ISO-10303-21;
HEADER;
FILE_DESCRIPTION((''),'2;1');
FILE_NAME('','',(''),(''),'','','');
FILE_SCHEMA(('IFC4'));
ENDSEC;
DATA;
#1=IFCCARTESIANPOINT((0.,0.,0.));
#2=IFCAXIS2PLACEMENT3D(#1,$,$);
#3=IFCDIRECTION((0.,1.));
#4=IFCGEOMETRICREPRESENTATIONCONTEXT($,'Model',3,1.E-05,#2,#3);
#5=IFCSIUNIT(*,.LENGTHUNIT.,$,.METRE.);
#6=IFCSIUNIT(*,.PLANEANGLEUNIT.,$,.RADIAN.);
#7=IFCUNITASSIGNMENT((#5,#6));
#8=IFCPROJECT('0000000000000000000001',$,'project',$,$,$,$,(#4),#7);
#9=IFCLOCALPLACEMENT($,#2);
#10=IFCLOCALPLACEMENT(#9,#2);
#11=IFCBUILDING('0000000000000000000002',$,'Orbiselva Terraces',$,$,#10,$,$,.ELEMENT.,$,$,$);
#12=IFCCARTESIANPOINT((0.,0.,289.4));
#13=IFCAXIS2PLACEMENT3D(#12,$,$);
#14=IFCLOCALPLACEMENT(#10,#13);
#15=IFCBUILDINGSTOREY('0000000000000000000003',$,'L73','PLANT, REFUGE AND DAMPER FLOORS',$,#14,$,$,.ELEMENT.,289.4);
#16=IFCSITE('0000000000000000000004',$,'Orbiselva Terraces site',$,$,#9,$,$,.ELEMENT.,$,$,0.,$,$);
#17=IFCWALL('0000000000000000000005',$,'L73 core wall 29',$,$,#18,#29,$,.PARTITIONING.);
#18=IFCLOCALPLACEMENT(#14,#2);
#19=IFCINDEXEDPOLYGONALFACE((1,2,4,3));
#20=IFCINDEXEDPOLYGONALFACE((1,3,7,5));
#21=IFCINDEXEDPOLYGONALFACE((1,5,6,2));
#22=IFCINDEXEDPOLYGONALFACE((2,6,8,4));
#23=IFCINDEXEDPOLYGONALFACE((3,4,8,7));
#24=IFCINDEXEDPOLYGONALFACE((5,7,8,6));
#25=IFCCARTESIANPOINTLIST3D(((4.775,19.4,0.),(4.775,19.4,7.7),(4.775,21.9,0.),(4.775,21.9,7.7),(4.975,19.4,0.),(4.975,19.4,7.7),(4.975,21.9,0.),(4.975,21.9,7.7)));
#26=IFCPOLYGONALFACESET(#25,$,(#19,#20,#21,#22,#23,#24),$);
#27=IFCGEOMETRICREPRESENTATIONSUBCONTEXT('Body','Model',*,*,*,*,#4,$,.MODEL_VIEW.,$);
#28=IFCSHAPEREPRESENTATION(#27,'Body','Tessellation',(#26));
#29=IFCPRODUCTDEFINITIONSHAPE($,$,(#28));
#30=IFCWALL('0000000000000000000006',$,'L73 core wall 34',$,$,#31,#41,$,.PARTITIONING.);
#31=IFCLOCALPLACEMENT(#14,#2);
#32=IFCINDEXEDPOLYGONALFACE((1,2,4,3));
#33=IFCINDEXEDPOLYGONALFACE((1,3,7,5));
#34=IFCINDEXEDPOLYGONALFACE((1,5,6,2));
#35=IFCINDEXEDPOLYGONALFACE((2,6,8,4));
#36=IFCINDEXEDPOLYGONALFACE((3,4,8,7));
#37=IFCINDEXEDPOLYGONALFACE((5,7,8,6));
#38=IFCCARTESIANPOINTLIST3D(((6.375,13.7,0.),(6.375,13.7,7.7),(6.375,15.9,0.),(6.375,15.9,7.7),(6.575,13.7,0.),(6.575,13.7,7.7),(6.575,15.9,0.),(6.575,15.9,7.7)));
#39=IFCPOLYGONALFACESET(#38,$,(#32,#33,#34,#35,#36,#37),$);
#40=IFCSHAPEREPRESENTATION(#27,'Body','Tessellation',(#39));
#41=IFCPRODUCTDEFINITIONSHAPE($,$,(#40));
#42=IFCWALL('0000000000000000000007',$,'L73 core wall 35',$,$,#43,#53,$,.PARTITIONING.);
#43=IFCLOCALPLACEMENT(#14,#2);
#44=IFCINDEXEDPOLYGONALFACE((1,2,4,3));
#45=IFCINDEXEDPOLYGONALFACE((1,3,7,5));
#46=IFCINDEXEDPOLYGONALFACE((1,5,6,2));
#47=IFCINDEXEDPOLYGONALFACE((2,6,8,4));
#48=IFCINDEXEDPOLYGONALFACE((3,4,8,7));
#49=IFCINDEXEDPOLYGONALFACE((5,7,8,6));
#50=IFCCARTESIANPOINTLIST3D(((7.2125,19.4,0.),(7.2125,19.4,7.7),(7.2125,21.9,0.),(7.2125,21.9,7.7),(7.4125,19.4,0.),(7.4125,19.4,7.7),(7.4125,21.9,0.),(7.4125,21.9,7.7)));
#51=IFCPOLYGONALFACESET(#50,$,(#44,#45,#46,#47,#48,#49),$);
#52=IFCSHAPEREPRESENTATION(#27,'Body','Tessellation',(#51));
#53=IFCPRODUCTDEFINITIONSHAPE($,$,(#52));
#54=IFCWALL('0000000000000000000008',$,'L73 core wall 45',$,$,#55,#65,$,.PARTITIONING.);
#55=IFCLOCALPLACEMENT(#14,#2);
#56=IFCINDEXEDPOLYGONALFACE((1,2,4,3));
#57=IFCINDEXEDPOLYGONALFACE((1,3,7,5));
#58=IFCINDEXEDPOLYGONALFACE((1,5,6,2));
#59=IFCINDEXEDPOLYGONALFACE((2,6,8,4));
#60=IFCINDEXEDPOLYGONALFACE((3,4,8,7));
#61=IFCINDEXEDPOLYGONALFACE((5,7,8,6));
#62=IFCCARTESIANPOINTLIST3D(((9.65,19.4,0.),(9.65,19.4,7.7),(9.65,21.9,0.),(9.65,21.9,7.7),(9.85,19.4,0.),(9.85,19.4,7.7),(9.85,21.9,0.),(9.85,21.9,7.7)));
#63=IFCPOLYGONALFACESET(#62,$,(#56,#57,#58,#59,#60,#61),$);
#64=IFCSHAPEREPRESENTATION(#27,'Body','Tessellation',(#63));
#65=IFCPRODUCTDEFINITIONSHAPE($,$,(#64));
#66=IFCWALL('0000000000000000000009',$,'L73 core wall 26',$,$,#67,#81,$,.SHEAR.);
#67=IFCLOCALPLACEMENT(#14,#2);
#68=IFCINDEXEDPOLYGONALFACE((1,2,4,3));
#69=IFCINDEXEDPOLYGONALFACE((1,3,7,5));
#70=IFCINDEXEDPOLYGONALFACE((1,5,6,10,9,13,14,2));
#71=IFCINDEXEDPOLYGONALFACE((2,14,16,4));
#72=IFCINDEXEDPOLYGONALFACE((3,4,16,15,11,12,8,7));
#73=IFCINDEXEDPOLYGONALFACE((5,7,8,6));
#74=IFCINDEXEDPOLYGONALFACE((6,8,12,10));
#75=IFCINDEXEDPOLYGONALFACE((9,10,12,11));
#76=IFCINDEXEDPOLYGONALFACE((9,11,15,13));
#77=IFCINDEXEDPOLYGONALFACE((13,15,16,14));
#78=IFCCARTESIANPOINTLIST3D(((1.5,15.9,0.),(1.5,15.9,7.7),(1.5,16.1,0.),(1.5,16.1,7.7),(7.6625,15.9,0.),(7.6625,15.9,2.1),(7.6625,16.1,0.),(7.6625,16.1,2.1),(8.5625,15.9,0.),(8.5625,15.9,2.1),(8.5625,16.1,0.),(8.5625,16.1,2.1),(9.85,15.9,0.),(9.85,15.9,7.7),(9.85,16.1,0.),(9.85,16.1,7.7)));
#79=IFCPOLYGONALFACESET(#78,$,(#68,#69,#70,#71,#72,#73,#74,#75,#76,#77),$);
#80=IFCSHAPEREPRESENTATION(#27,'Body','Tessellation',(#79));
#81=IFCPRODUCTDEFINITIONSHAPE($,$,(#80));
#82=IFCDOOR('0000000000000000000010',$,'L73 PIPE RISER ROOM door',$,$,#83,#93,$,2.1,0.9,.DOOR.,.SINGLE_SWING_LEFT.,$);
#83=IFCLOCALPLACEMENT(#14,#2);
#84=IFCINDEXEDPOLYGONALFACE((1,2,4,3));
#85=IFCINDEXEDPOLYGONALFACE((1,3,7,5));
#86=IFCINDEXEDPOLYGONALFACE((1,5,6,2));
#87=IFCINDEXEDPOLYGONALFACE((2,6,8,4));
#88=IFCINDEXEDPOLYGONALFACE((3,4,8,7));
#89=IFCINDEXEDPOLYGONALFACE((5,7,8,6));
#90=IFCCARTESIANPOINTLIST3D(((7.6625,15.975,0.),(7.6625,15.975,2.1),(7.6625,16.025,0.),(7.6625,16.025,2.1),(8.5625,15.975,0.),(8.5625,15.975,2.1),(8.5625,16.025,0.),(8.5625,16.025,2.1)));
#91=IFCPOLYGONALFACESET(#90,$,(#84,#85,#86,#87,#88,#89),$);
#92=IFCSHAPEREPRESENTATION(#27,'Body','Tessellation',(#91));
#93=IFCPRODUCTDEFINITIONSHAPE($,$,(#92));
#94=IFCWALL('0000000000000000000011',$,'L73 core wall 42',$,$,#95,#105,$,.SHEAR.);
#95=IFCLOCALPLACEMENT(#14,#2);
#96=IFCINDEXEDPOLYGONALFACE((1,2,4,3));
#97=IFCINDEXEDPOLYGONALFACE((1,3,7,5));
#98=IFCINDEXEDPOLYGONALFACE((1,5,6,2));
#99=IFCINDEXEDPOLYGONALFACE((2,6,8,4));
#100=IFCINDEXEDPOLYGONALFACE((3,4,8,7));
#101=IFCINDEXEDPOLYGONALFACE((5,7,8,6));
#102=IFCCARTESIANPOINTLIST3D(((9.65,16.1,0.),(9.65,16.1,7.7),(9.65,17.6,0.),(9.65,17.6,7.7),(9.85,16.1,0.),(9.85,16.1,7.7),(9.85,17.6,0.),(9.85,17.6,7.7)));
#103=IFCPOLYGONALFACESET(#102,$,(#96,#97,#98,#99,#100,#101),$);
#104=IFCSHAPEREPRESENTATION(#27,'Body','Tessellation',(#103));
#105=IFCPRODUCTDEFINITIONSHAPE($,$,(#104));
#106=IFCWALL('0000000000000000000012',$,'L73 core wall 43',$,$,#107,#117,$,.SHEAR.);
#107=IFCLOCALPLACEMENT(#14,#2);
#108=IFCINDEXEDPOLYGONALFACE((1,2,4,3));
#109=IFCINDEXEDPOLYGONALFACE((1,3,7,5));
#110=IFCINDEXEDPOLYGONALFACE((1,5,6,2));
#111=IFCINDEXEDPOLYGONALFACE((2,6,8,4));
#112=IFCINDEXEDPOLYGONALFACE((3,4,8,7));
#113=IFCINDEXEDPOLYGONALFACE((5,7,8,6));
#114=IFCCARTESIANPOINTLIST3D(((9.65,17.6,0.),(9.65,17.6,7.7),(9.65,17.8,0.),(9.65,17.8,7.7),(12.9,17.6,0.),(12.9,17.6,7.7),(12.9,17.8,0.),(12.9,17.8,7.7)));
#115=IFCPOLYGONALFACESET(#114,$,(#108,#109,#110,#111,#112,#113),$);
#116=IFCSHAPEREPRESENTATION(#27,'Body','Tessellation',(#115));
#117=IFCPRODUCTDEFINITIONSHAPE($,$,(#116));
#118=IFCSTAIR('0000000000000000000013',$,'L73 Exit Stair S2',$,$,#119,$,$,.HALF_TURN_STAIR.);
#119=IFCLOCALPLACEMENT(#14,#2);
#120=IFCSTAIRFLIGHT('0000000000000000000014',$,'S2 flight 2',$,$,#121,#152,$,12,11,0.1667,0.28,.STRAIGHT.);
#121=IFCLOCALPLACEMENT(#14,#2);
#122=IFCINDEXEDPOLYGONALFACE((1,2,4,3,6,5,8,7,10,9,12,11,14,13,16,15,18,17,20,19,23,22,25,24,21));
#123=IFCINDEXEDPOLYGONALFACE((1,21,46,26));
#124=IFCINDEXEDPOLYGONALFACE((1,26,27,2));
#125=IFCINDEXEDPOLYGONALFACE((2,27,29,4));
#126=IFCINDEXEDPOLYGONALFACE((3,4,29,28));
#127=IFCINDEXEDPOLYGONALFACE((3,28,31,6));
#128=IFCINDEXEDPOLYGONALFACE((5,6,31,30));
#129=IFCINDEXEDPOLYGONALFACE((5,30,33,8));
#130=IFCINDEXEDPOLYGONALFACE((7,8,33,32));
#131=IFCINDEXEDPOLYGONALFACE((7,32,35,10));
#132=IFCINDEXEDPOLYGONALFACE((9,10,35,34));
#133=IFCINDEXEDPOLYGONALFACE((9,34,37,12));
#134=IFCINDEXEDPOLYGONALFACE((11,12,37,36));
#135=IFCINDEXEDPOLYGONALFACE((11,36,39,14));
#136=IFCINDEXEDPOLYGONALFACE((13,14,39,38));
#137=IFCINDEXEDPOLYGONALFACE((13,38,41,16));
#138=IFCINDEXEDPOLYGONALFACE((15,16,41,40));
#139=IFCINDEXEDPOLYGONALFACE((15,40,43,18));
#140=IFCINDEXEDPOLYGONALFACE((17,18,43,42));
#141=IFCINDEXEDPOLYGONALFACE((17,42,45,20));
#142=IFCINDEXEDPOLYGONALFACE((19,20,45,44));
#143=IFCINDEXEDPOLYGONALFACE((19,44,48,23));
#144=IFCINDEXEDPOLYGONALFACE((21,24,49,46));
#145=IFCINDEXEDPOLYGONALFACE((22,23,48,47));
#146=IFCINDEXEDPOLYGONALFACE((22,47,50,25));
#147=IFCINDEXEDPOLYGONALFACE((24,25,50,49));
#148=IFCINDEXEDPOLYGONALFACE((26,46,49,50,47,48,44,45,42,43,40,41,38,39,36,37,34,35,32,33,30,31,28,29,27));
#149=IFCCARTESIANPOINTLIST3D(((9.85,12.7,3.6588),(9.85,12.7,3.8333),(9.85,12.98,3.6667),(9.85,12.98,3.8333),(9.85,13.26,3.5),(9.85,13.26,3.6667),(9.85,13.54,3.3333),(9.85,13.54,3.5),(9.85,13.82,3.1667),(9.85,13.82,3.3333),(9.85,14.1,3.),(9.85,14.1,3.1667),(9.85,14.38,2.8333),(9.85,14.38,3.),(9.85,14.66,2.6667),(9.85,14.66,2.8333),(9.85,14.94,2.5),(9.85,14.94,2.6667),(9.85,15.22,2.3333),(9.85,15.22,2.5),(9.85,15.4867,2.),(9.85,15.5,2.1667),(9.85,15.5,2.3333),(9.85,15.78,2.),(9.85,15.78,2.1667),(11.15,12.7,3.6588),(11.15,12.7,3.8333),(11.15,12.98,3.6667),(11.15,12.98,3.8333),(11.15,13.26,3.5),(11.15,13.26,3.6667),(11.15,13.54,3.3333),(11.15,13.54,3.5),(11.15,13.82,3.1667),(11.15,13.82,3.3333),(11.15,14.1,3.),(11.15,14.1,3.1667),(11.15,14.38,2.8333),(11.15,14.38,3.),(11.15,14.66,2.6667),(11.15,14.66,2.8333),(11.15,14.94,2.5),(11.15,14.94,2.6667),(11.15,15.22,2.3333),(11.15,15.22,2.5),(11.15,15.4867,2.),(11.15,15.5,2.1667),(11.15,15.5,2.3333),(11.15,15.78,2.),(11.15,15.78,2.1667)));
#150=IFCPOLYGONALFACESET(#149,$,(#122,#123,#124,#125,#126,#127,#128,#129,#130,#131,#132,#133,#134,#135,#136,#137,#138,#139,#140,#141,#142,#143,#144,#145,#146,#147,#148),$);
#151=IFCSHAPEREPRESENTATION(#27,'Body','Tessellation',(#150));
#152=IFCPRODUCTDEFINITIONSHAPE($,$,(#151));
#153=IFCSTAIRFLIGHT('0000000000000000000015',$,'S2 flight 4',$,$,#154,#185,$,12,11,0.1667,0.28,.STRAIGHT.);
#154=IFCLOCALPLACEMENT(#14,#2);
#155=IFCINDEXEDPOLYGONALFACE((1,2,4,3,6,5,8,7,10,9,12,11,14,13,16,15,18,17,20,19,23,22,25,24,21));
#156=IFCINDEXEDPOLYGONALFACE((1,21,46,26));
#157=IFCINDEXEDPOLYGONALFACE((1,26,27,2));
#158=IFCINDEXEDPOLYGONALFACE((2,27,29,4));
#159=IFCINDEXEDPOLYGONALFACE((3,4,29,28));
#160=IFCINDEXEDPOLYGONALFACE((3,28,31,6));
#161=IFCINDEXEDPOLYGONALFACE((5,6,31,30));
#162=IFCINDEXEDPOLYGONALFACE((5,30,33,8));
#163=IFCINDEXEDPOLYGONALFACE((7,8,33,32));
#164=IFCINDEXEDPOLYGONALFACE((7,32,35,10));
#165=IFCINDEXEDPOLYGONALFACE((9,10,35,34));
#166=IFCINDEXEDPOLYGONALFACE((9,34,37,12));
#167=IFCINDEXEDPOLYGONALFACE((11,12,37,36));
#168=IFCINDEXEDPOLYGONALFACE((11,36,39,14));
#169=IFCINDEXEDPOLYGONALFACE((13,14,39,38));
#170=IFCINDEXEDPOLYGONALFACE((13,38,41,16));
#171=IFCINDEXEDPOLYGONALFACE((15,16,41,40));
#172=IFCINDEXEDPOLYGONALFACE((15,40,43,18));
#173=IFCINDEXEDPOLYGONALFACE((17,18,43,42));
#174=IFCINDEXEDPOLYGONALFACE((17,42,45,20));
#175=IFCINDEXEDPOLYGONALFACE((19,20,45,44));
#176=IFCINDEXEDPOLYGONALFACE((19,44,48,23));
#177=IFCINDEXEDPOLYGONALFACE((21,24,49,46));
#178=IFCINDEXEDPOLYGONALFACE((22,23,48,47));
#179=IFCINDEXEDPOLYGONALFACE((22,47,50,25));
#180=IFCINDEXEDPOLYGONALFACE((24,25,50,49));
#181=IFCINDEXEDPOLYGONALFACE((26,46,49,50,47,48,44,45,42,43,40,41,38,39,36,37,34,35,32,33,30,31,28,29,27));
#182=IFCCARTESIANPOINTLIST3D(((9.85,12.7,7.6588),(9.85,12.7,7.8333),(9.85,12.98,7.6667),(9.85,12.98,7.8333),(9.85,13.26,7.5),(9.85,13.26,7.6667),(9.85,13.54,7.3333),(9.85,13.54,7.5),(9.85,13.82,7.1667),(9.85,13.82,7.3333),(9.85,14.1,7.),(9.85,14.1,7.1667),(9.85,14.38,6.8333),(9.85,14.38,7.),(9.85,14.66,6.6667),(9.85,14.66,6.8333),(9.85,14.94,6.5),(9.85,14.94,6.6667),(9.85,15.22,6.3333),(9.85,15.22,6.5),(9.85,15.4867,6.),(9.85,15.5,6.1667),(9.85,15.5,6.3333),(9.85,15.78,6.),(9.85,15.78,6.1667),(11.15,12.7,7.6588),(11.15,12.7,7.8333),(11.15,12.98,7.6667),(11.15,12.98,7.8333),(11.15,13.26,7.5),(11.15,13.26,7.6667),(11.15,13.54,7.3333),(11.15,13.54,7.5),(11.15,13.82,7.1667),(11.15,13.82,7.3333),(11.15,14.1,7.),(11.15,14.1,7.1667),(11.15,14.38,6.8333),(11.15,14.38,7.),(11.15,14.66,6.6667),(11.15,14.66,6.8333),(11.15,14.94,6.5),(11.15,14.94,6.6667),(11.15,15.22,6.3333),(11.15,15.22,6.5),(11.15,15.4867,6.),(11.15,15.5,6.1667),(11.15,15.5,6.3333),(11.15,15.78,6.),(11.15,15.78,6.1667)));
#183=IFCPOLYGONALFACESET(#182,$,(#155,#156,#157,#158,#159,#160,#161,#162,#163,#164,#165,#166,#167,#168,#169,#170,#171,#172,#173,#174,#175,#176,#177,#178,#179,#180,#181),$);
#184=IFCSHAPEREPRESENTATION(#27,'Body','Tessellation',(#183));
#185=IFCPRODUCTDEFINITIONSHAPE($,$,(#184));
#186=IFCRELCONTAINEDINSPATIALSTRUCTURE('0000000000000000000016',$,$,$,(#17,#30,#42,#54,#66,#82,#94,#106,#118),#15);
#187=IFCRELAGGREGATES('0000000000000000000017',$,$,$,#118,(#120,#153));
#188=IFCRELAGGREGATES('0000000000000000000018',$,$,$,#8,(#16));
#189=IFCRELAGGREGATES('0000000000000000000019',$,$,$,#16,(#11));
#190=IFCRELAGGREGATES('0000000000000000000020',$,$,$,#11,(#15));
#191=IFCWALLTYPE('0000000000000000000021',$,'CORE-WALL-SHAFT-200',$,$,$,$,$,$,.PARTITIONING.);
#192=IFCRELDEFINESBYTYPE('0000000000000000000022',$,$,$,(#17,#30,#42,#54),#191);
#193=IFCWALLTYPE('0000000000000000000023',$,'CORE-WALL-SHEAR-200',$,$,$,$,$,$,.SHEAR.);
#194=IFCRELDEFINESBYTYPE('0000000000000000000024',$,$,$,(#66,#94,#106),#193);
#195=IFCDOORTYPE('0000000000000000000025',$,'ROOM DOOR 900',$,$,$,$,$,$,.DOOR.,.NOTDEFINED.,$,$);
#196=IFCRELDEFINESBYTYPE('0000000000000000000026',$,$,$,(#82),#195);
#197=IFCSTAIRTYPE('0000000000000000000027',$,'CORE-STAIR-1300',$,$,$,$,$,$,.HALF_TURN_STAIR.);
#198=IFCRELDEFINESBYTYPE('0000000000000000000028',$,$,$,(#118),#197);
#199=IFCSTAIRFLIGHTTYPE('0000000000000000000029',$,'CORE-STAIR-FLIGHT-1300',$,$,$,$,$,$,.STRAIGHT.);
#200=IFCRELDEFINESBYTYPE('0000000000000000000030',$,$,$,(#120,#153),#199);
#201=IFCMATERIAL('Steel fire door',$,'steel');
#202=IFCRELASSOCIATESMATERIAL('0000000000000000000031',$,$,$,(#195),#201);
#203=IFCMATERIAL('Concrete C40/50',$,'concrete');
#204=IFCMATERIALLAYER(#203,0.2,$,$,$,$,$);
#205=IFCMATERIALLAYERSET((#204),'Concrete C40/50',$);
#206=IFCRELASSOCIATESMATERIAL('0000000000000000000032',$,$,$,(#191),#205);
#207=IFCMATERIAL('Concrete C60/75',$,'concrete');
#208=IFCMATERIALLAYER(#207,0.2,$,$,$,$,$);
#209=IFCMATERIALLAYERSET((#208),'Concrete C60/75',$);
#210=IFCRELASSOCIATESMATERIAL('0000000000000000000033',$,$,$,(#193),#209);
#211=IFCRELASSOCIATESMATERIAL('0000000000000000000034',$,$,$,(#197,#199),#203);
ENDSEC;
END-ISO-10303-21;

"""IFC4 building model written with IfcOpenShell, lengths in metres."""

from ifc_helpers import new_model, si_unit, direction, frame, frame_2d, origin, place, context, subcontext, project, spatial, polyline, rectangle, outline, extrude, material, layer, layer_set, type_object, element, fill, aggregate, save


model = new_model("IFC4")

# Units and contexts
model_context = context("Model", 3, precision=1e-05, world=origin(), true_north=direction((0.0, 1.0)))
body_context = subcontext(model_context, "Body", "Model", "MODEL_VIEW")
ifc_project = project(units=[si_unit("LENGTHUNIT", "METRE"), si_unit("PLANEANGLEUNIT", "RADIAN")], contexts=[model_context])

# Site, building, storey
site_placement = place(None, origin())
site = spatial("IfcSite", under=ifc_project, at=site_placement, Name="Orbiselva Terraces site", CompositionType="ELEMENT", RefElevation=0.0)
building_placement = place(site_placement, origin())
building = spatial("IfcBuilding", under=site, at=building_placement, Name="Orbiselva Terraces", CompositionType="ELEMENT")
storey_placement = place(building_placement, frame((0.0, 0.0, 289.4)))
storey = spatial("IfcBuildingStorey", under=building, at=storey_placement, Name="L73", Description="PLANT, REFUGE AND DAMPER FLOORS", CompositionType="ELEMENT", Elevation=289.4)

# Shared definitions
ifc_material_1 = material(Name="Steel fire door", Category="steel")
door_type = type_object("IfcDoorType", Name="ROOM DOOR 900", OperationType="NOTDEFINED", PredefinedType="DOOR", material=ifc_material_1)

# Walls
ifc_material_2 = material(Name="Concrete C40/50", Category="concrete")
ifc_layer_1 = layer(ifc_material_2, 0.2)
ifc_layer_set_1 = layer_set([ifc_layer_1], Name="Concrete C40/50")
wall_type_1 = type_object("IfcWallType", Name="CORE-WALL-SHAFT-200", PredefinedType="PARTITIONING", material=ifc_layer_set_1)
wall_1_placement = place(storey_placement, frame((4.875, 19.4, 0.0), z_axis=(0.0, 0.0, 1.0), x_axis=(0.0, 1.0, 0.0)))
element("IfcWall", 1, at=wall_1_placement, inside=storey, type_object=wall_type_1, Name="L73 core wall 29", PredefinedType="PARTITIONING", context=body_context, shape_type="SweptSolid", body=[
    extrude(rectangle(XDim=2.5, YDim=0.2, at=frame_2d((1.25, 0.0))), origin(), (0.0, 0.0, 1.0), 7.7),
])
wall_2_placement = place(storey_placement, frame((6.475, 13.7, 0.0), z_axis=(0.0, 0.0, 1.0), x_axis=(0.0, 1.0, 0.0)))
element("IfcWall", 2, at=wall_2_placement, inside=storey, type_object=wall_type_1, Name="L73 core wall 34", PredefinedType="PARTITIONING", context=body_context, shape_type="SweptSolid", body=[
    extrude(rectangle(XDim=2.2, YDim=0.2, at=frame_2d((1.1, 0.0))), origin(), (0.0, 0.0, 1.0), 7.7),
])
for number, where, z_axis, x_axis, name in (
    (3, (7.3125, 19.4, 0.0), (0.0, 0.0, 1.0), (0.0, 1.0, 0.0), "L73 core wall 35"),
    (4, (9.75, 19.4, 0.0), (0.0, 0.0, 1.0), (0.0, 1.0, 0.0), "L73 core wall 45"),
):
    element("IfcWall", number, at=place(storey_placement, frame(where, z_axis=z_axis, x_axis=x_axis)), inside=storey, type_object=wall_type_1, Name=name, PredefinedType="PARTITIONING", context=body_context, shape_type="SweptSolid", body=[
        extrude(rectangle(XDim=2.5, YDim=0.2, at=frame_2d((1.25, 0.0))), origin(), (0.0, 0.0, 1.0), 7.7),
    ])

# Wall, opening, door
ifc_material_3 = material(Name="Concrete C60/75", Category="concrete")
ifc_layer_2 = layer(ifc_material_3, 0.2)
ifc_layer_set_2 = layer_set([ifc_layer_2], Name="Concrete C60/75")
wall_type_2 = type_object("IfcWallType", Name="CORE-WALL-SHEAR-200", PredefinedType="SHEAR", material=ifc_layer_set_2)
wall_3_placement = place(storey_placement, frame((9.85, 16.0, 0.0), z_axis=(0.0, 0.0, 1.0), x_axis=(-1.0, 0.0, 0.0)))
wall_3 = element("IfcWall", 5, at=wall_3_placement, inside=storey, type_object=wall_type_2, Name="L73 core wall 26", PredefinedType="SHEAR", context=body_context, shape_type="SweptSolid", body=[
    extrude(rectangle(XDim=8.35, YDim=0.2, at=frame_2d((4.175, 0.0))), origin(), (0.0, 0.0, 1.0), 7.7),
])
opening_1_placement = place(wall_3_placement, frame((1.2875, 0.0, 0.0)))
opening_1 = element("IfcOpeningElement", 6, at=opening_1_placement, cuts=wall_3, PredefinedType="OPENING", context=body_context, shape_type="SweptSolid", body=[
    extrude(rectangle(XDim=0.9, YDim=2.1, at=frame_2d((0.45, 1.05))), frame((0.0, 0.11, 0.0), z_axis=(0.0, -1.0, 0.0), x_axis=(1.0, 0.0, 0.0)), (0.0, 0.0, 1.0), 0.22),
])
door_1_placement = place(opening_1_placement, origin())
door_1 = element("IfcDoor", 7, at=door_1_placement, inside=storey, type_object=door_type, Name="L73 PIPE RISER ROOM door", OperationType="SINGLE_SWING_LEFT", OverallHeight=2.1, OverallWidth=0.9, PredefinedType="DOOR", context=body_context, shape_type="SweptSolid", body=[
    extrude(rectangle(XDim=0.9, YDim=2.1, at=frame_2d((0.45, 1.05))), frame((0.0, 0.025, 0.0), z_axis=(0.0, -1.0, 0.0), x_axis=(1.0, 0.0, 0.0)), (0.0, 0.0, 1.0), 0.05),
])
fill(opening_1, door_1)

# Walls
wall_4_placement = place(storey_placement, frame((9.75, 16.1, 0.0), z_axis=(0.0, 0.0, 1.0), x_axis=(0.0, 1.0, 0.0)))
element("IfcWall", 8, at=wall_4_placement, inside=storey, type_object=wall_type_2, Name="L73 core wall 42", PredefinedType="SHEAR", context=body_context, shape_type="SweptSolid", body=[
    extrude(rectangle(XDim=1.5, YDim=0.2, at=frame_2d((0.75, 0.0))), origin(), (0.0, 0.0, 1.0), 7.7),
])
wall_5_placement = place(storey_placement, frame((9.65, 17.7, 0.0), z_axis=(0.0, 0.0, 1.0), x_axis=(1.0, 0.0, 0.0)))
element("IfcWall", 9, at=wall_5_placement, inside=storey, type_object=wall_type_2, Name="L73 core wall 43", PredefinedType="SHEAR", context=body_context, shape_type="SweptSolid", body=[
    extrude(rectangle(XDim=3.25, YDim=0.2, at=frame_2d((1.625, 0.0))), origin(), (0.0, 0.0, 1.0), 7.7),
])

# Stair, stair flights
stair_type = type_object("IfcStairType", Name="CORE-STAIR-1300", PredefinedType="HALF_TURN_STAIR", material=ifc_material_2)
stair_placement = place(storey_placement, origin())
stair = element("IfcStair", 10, at=stair_placement, inside=storey, type_object=stair_type, Name="L73 Exit Stair S2", PredefinedType="HALF_TURN_STAIR")
stair_flight_type = type_object("IfcStairFlightType", Name="CORE-STAIR-FLIGHT-1300", PredefinedType="STRAIGHT", material=ifc_material_2)
stair_flight_1_placement = place(storey_placement, frame((10.5, 15.78, 2.0), z_axis=(0.0, 0.0, 1.0), x_axis=(0.0, -1.0, 0.0)))
stair_flight_1 = element("IfcStairFlight", 11, at=stair_flight_1_placement, type_object=stair_flight_type, Name="S2 flight 2", NumberOfRisers=12, NumberOfTreads=11, PredefinedType="STRAIGHT", RiserHeight=0.1667, TreadLength=0.28, context=body_context, shape_type="SweptSolid", body=[
    extrude(outline(polyline([(0.0, 0.0), (0.0, 0.1667), (0.28, 0.1667), (0.28, 0.3333), (0.56, 0.3333), (0.56, 0.5), (0.84, 0.5), (0.84, 0.6667), (1.12, 0.6667), (1.12, 0.8333), (1.4, 0.8333), (1.4, 1.0), (1.68, 1.0), (1.68, 1.1667), (1.96, 1.1667), (1.96, 1.3333), (2.24, 1.3333), (2.24, 1.5), (2.52, 1.5), (2.52, 1.6667), (2.8, 1.6667), (2.8, 1.8333), (3.08, 1.8333), (3.08, 2.0), (3.08, 1.6588), (0.2933, 0.0), (0.0, 0.0)])), frame((0.0, 0.65, 0.0), z_axis=(0.0, -1.0, 0.0), x_axis=(1.0, 0.0, 0.0)), (0.0, 0.0, 1.0), 1.3),
])
stair_flight_2_placement = place(storey_placement, frame((10.5, 15.78, 6.0), z_axis=(0.0, 0.0, 1.0), x_axis=(0.0, -1.0, 0.0)))
stair_flight_2 = element("IfcStairFlight", 12, at=stair_flight_2_placement, type_object=stair_flight_type, Name="S2 flight 4", NumberOfRisers=12, NumberOfTreads=11, PredefinedType="STRAIGHT", RiserHeight=0.1667, TreadLength=0.28, context=body_context, shape_type="SweptSolid", body=[
    extrude(outline(polyline([(0.0, 0.0), (0.0, 0.1667), (0.28, 0.1667), (0.28, 0.3333), (0.56, 0.3333), (0.56, 0.5), (0.84, 0.5), (0.84, 0.6667), (1.12, 0.6667), (1.12, 0.8333), (1.4, 0.8333), (1.4, 1.0), (1.68, 1.0), (1.68, 1.1667), (1.96, 1.1667), (1.96, 1.3333), (2.24, 1.3333), (2.24, 1.5), (2.52, 1.5), (2.52, 1.6667), (2.8, 1.6667), (2.8, 1.8333), (3.08, 1.8333), (3.08, 2.0), (3.08, 1.6588), (0.2933, 0.0), (0.0, 0.0)])), frame((0.0, 0.65, 0.0), z_axis=(0.0, -1.0, 0.0), x_axis=(1.0, 0.0, 0.0)), (0.0, 0.0, 1.0), 1.3),
])
aggregate(stair, [stair_flight_1, stair_flight_2])

save(model, "model.ifc")
